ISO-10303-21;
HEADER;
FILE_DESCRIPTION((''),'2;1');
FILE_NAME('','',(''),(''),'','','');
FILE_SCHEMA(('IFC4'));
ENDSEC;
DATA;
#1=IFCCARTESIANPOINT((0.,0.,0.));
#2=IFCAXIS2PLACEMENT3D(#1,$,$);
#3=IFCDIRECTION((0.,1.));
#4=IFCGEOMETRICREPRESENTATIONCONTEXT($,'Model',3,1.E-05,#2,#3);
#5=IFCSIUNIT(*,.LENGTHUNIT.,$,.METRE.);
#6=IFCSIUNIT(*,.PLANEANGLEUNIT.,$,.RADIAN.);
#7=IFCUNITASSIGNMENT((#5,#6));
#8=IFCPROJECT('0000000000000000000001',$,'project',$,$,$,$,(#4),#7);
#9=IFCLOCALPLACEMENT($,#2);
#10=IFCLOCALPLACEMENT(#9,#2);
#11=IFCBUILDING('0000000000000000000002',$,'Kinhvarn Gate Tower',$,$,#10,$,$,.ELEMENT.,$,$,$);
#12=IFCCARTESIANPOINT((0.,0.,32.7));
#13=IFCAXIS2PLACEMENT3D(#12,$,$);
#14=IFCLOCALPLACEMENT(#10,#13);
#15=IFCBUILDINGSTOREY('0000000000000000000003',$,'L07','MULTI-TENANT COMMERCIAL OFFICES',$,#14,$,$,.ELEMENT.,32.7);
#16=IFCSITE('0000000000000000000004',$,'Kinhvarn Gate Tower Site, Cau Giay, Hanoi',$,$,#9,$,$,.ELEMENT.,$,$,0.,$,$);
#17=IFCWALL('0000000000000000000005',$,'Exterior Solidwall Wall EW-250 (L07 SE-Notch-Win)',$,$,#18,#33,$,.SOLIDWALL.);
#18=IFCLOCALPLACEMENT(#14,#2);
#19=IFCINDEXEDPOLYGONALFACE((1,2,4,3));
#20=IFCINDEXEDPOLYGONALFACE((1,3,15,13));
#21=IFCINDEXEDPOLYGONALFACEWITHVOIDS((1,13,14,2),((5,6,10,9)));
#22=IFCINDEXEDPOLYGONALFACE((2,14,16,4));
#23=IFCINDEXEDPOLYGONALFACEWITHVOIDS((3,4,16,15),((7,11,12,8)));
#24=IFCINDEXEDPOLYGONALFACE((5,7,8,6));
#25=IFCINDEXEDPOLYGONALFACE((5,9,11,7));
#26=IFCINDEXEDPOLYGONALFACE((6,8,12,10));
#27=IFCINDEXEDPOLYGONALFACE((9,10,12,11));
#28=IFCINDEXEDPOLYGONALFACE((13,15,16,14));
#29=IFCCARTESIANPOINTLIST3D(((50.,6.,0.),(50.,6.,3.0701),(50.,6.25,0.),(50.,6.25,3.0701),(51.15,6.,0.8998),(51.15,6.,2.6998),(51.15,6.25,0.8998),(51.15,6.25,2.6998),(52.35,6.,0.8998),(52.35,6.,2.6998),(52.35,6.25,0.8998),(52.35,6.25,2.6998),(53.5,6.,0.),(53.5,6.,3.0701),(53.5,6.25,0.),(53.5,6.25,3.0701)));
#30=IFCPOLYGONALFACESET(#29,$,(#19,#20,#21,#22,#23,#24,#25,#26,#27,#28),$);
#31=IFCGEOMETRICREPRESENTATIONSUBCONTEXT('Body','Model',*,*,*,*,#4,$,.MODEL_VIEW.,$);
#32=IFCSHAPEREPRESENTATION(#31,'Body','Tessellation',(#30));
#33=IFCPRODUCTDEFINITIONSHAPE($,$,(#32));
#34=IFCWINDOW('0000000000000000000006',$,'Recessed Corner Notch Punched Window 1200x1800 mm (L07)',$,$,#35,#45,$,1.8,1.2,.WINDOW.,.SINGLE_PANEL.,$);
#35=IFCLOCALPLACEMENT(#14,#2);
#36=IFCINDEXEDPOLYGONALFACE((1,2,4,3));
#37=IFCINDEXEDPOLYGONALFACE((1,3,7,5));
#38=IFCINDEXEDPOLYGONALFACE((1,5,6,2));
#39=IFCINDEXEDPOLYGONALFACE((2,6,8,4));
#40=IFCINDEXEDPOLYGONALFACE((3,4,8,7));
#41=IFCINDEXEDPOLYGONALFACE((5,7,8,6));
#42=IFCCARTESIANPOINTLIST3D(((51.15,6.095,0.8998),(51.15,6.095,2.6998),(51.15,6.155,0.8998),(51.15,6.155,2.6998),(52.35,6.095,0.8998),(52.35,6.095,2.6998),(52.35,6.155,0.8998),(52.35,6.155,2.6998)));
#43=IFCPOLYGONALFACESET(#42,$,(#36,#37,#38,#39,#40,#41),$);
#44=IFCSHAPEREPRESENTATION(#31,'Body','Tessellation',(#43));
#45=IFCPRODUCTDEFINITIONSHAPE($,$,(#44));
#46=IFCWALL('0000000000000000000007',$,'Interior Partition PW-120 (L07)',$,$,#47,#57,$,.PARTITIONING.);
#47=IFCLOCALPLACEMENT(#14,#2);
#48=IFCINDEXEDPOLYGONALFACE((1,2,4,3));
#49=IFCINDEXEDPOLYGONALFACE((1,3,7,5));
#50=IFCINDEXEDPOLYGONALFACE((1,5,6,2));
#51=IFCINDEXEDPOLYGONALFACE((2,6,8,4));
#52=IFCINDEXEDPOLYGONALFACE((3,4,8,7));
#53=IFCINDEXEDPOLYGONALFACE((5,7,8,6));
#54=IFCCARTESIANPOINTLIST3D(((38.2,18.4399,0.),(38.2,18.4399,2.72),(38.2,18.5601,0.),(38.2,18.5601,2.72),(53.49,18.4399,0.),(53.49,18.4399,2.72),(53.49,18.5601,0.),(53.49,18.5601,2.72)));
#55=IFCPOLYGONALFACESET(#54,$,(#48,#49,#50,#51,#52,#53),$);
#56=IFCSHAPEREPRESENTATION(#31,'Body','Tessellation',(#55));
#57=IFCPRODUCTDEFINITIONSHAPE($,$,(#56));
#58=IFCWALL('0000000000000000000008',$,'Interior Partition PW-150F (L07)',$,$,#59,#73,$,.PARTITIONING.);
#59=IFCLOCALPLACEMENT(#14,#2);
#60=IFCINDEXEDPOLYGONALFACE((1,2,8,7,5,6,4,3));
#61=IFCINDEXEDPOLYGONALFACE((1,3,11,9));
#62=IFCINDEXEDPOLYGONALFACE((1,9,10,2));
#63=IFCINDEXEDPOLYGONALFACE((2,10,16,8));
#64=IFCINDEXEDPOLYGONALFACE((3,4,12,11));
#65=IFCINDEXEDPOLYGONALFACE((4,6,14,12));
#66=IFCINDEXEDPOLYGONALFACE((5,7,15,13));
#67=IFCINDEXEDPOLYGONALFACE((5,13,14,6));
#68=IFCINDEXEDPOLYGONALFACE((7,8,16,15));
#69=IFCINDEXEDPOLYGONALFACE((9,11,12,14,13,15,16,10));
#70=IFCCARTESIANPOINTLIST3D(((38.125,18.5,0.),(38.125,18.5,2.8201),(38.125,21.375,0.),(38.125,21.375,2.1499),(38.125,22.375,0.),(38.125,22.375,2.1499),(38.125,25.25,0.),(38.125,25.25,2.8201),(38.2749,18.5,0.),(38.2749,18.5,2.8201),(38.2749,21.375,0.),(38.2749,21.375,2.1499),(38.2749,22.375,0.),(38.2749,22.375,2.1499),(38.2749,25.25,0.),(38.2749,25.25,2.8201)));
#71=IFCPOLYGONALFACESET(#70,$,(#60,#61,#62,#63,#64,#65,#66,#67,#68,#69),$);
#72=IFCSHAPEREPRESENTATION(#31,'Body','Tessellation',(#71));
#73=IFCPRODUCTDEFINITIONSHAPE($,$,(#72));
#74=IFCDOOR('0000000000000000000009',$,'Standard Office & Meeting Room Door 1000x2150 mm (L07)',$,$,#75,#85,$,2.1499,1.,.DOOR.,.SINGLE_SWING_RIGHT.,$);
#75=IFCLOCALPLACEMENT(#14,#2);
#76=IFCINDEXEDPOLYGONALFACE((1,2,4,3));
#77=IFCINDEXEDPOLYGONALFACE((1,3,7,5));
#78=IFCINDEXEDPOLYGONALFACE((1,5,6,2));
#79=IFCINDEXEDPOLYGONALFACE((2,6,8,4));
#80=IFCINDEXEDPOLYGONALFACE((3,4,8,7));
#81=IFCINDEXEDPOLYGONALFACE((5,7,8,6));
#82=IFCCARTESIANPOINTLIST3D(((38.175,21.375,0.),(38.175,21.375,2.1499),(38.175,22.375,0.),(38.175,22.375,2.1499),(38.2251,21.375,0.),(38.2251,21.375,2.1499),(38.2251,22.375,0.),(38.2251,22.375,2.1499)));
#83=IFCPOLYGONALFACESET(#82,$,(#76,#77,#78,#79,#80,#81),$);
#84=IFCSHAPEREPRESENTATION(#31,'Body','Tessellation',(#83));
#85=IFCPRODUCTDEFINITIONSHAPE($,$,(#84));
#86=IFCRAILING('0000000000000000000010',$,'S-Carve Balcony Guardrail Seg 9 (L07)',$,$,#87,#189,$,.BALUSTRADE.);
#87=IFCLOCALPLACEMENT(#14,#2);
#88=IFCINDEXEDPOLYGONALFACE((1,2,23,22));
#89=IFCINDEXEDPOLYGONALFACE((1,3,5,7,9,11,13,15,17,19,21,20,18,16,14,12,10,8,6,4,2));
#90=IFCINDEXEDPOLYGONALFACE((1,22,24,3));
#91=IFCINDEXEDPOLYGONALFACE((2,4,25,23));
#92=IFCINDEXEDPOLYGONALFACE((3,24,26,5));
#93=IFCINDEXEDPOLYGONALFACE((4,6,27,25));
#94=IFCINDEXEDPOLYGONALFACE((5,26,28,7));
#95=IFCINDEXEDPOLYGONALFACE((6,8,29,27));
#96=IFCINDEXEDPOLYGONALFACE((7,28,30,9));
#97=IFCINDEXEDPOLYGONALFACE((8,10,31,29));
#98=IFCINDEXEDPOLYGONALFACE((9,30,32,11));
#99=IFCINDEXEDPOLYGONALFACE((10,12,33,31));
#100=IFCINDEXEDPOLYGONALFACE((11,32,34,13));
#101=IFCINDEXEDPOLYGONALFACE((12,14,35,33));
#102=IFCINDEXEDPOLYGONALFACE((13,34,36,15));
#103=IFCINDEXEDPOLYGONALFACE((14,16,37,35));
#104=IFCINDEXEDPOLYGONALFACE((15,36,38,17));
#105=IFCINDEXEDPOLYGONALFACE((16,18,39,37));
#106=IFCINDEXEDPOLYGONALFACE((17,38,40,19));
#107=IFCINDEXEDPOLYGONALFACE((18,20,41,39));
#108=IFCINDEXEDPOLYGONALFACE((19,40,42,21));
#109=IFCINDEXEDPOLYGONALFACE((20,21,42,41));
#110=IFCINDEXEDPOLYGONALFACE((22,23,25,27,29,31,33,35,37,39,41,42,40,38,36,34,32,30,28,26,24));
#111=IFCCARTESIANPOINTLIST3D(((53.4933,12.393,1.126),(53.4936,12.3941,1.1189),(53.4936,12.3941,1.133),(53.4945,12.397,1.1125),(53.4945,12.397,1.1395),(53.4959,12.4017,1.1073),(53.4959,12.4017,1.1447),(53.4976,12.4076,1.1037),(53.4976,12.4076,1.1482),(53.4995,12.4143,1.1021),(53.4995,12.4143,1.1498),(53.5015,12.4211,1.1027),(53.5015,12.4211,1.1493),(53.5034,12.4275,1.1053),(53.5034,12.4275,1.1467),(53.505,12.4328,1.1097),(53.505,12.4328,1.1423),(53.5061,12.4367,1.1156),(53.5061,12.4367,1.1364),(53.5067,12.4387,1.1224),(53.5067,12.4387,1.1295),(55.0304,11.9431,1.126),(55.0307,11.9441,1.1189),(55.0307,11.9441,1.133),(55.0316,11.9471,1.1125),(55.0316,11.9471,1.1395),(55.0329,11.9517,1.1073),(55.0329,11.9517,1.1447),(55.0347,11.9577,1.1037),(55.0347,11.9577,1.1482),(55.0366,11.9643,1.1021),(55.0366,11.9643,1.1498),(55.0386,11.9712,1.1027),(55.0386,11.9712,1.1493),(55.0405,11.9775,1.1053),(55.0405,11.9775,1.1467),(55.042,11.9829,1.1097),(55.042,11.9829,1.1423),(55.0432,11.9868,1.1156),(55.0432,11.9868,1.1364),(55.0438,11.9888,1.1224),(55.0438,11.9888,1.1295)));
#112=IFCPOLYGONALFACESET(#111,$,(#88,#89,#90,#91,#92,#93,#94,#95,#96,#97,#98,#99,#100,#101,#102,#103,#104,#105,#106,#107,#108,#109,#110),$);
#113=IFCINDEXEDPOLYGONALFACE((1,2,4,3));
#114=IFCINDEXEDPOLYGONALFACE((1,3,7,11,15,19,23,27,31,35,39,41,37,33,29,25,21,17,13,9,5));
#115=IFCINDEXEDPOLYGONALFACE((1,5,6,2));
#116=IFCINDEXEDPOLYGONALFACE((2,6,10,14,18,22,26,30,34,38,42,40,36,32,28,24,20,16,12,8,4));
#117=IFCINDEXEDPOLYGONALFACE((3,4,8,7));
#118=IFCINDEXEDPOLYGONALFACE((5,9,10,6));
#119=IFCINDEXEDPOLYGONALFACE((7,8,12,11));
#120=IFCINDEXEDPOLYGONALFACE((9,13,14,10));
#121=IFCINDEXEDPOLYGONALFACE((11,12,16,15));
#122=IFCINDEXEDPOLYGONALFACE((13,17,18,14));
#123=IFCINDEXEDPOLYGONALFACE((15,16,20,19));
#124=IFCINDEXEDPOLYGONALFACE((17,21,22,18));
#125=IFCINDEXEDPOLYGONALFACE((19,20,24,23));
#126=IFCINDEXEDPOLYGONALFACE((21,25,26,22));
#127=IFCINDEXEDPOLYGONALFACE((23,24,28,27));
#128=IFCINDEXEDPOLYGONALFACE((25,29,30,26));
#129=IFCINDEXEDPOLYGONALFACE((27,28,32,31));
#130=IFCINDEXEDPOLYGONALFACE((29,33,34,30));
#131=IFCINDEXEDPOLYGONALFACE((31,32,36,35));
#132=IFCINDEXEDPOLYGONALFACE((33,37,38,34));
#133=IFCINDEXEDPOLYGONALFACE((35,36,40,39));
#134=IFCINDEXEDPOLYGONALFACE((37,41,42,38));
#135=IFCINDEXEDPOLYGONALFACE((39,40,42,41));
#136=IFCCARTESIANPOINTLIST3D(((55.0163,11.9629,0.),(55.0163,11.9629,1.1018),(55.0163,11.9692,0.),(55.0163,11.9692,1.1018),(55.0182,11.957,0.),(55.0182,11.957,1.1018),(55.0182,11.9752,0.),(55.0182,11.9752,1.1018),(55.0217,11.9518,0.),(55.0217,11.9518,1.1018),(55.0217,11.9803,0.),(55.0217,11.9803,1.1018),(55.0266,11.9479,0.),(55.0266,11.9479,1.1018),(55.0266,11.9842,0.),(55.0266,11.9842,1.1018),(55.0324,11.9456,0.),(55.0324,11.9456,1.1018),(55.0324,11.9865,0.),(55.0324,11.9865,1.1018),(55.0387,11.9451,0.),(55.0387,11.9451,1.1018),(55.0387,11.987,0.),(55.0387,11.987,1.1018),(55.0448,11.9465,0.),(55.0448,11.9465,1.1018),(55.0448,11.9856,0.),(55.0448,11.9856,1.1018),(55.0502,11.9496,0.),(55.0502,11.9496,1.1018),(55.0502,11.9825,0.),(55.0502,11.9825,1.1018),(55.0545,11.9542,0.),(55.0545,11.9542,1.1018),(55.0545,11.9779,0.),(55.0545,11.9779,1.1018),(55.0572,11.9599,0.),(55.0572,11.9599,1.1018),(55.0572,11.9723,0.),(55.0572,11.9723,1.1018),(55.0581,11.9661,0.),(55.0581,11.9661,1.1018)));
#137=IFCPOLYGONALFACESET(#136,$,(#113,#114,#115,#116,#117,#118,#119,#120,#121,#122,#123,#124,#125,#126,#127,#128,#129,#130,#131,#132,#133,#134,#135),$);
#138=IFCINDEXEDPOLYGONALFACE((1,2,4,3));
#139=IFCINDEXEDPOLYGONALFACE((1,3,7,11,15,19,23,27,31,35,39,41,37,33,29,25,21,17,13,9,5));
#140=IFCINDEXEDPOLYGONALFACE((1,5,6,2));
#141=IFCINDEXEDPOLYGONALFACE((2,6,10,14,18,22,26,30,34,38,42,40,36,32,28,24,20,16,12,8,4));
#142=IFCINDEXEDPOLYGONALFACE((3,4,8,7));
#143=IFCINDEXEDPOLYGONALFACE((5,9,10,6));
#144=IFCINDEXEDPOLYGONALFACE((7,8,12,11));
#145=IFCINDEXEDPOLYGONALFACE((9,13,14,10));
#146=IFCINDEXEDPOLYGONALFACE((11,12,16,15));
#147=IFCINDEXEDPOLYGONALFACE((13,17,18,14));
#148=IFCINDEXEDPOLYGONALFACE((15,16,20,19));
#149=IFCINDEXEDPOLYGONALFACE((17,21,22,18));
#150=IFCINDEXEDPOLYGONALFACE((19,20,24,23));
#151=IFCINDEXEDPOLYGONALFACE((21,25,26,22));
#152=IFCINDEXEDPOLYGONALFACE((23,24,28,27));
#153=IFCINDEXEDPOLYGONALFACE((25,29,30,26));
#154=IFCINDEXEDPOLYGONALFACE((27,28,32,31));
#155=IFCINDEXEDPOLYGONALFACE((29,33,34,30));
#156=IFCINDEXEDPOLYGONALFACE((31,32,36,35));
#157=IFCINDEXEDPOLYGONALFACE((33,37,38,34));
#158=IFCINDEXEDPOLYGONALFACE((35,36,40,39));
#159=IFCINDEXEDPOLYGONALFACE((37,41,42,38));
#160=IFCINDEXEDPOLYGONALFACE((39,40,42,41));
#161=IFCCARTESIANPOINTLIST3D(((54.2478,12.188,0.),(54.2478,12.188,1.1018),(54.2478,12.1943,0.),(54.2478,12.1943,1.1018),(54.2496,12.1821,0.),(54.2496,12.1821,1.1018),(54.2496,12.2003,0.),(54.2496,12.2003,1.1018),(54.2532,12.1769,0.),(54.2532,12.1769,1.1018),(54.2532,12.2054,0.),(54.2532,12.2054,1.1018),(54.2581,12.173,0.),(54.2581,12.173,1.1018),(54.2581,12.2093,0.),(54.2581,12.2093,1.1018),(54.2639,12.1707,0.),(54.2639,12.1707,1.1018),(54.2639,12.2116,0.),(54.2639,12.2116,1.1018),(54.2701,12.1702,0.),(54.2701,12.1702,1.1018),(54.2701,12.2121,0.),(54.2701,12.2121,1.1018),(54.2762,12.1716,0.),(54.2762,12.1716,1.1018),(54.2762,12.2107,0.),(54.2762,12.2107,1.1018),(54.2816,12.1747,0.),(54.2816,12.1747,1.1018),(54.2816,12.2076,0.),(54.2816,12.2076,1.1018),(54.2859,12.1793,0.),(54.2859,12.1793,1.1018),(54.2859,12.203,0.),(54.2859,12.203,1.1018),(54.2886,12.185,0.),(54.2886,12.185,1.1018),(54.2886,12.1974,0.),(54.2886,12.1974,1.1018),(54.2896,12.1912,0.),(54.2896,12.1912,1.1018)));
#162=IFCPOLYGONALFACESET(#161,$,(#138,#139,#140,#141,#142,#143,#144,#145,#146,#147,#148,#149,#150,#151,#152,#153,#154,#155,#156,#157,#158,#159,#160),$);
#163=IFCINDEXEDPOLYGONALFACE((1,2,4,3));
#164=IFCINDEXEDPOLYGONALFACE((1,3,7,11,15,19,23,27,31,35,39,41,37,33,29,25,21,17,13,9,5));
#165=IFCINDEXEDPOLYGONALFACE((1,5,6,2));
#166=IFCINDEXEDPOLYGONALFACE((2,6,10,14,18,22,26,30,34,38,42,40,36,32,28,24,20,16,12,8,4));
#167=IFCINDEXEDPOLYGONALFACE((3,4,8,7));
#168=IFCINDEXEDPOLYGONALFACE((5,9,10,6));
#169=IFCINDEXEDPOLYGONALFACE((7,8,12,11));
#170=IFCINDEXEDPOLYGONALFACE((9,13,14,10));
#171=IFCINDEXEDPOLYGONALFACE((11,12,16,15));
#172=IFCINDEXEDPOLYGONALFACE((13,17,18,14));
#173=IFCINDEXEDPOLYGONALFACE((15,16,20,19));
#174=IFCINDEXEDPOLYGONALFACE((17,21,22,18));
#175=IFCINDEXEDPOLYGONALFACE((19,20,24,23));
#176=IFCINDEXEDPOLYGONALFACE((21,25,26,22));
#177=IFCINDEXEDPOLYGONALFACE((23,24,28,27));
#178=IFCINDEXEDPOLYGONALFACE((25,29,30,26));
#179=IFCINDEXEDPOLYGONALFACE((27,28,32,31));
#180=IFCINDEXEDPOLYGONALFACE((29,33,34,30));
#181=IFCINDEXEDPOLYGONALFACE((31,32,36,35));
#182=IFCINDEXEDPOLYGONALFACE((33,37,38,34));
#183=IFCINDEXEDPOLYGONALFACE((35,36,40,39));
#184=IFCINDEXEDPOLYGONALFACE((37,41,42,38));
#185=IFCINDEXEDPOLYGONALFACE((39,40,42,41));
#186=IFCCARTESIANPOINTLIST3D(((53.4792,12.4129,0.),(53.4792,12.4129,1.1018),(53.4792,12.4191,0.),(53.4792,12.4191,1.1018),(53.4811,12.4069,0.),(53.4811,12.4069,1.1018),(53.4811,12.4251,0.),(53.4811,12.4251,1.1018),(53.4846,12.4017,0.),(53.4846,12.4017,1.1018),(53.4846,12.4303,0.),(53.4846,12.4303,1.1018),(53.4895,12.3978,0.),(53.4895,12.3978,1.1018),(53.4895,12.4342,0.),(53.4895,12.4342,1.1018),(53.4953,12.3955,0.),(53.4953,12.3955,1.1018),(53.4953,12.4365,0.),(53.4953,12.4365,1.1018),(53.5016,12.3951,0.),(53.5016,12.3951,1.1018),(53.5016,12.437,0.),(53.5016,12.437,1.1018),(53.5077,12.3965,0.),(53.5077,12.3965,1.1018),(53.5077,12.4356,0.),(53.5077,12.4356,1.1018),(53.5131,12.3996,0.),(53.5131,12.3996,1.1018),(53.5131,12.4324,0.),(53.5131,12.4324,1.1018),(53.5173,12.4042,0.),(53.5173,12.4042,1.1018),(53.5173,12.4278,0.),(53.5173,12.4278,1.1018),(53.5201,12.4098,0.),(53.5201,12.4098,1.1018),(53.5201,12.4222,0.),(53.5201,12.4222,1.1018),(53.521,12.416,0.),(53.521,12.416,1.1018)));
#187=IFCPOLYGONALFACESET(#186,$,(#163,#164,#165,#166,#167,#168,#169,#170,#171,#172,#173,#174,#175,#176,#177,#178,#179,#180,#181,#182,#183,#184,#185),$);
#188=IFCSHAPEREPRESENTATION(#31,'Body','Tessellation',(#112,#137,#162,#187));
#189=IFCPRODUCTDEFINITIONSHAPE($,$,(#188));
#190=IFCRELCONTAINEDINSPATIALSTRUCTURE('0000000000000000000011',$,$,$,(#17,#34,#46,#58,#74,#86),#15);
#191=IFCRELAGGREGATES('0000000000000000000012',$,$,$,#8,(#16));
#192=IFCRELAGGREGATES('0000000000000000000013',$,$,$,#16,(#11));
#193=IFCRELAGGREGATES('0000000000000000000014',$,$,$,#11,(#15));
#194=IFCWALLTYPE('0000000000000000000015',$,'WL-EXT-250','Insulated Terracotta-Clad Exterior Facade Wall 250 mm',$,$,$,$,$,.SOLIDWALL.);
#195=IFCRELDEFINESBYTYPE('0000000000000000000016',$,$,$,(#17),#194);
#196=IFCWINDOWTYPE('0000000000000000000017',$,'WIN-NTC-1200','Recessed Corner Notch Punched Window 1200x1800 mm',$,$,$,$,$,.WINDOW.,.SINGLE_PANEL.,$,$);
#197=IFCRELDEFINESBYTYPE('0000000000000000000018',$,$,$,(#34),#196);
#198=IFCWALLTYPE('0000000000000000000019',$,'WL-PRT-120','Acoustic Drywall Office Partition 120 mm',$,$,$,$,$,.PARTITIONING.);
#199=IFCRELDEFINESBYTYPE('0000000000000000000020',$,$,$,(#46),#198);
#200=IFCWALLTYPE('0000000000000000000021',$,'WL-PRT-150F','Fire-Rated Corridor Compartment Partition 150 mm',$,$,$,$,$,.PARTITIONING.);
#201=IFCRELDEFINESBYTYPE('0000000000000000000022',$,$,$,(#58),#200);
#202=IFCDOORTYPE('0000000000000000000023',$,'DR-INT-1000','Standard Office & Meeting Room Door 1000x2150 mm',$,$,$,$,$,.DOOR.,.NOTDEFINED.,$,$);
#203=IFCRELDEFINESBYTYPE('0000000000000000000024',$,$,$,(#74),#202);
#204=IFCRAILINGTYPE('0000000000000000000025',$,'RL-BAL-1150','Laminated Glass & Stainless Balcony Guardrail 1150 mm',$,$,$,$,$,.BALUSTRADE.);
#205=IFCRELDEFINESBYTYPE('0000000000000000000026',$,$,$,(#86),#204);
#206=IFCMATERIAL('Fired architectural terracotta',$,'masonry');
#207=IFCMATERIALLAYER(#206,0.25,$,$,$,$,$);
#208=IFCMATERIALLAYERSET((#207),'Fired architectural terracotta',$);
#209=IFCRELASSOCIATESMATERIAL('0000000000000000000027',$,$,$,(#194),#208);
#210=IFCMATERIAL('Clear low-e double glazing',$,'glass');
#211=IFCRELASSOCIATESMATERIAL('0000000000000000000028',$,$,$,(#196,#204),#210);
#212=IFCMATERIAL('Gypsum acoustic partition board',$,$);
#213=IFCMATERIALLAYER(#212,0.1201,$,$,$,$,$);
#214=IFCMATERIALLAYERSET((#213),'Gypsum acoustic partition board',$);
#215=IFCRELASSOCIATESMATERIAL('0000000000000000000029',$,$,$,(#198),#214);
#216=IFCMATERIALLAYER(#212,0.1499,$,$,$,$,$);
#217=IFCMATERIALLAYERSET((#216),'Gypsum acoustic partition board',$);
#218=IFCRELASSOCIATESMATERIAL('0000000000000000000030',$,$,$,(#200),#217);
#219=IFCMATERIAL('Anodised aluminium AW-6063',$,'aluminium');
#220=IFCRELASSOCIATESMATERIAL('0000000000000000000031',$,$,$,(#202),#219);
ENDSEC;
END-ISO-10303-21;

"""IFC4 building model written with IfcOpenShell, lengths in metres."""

from ifc_helpers import new_model, si_unit, direction, frame, frame_2d, origin, origin_2d, place, context, subcontext, project, spatial, rectangle, circle, extrude, material, layer, layer_set, type_object, element, fill, save


model = new_model("IFC4")

# Units and contexts
model_context = context("Model", 3, precision=1e-05, world=origin(), true_north=direction((0.0, 1.0)))
body_context = subcontext(model_context, "Body", "Model", "MODEL_VIEW")
ifc_project = project(units=[si_unit("LENGTHUNIT", "METRE"), si_unit("PLANEANGLEUNIT", "RADIAN")], contexts=[model_context])

# Site, building, storey
site_placement = place(None, origin())
site = spatial("IfcSite", under=ifc_project, at=site_placement, Name="Kinhvarn Gate Tower Site, Cau Giay, Hanoi", CompositionType="ELEMENT", RefElevation=0.0)
building_placement = place(site_placement, origin())
building = spatial("IfcBuilding", under=site, at=building_placement, Name="Kinhvarn Gate Tower", CompositionType="ELEMENT")
storey_placement = place(building_placement, frame((0.0, 0.0, 32.7)))
storey = spatial("IfcBuildingStorey", under=building, at=storey_placement, Name="L07", Description="MULTI-TENANT COMMERCIAL OFFICES", CompositionType="ELEMENT", Elevation=32.7)

# Shared definitions
ifc_material_1 = material(Name="Anodised aluminium AW-6063", Category="aluminium")

# Shared definitions
ifc_material_2 = material(Name="Clear low-e double glazing", Category="glass")

# Wall, opening, window
ifc_material_3 = material(Name="Fired architectural terracotta", Category="masonry")
ifc_layer_1 = layer(ifc_material_3, 0.25)
ifc_layer_set_1 = layer_set([ifc_layer_1], Name="Fired architectural terracotta")
wall_type_1 = type_object("IfcWallType", Name="WL-EXT-250", Description="Insulated Terracotta-Clad Exterior Facade Wall 250 mm", PredefinedType="SOLIDWALL", material=ifc_layer_set_1)
wall_1_placement = place(storey_placement, frame((50.0, 6.125, 0.0), z_axis=(0.0, 0.0, 1.0), x_axis=(1.0, 0.0, 0.0)))
wall_1 = element("IfcWall", 1, at=wall_1_placement, inside=storey, type_object=wall_type_1, Name="Exterior Solidwall Wall EW-250 (L07 SE-Notch-Win)", PredefinedType="SOLIDWALL", context=body_context, shape_type="SweptSolid", body=[
    extrude(rectangle(XDim=3.5, YDim=0.25, at=frame_2d((1.75, 0.0))), origin(), (0.0, 0.0, 1.0), 3.0701),
])
opening_1_placement = place(wall_1_placement, frame((1.1499, 0.0, 0.8999)))
opening_1 = element("IfcOpeningElement", 2, at=opening_1_placement, cuts=wall_1, PredefinedType="OPENING", context=body_context, shape_type="SweptSolid", body=[
    extrude(rectangle(XDim=1.2, YDim=1.8, at=frame_2d((0.6001, 0.8999))), frame((0.0, 0.135, 0.0), z_axis=(0.0, -1.0, 0.0), x_axis=(1.0, 0.0, 0.0)), (0.0, 0.0, 1.0), 0.27),
])
window_type = type_object("IfcWindowType", Name="WIN-NTC-1200", Description="Recessed Corner Notch Punched Window 1200x1800 mm", PartitioningType="SINGLE_PANEL", PredefinedType="WINDOW", material=ifc_material_2)
window_placement = place(opening_1_placement, origin())
window = element("IfcWindow", 3, at=window_placement, inside=storey, type_object=window_type, Name="Recessed Corner Notch Punched Window 1200x1800 mm (L07)", OverallHeight=1.8, OverallWidth=1.2, PartitioningType="SINGLE_PANEL", PredefinedType="WINDOW", context=body_context, shape_type="SweptSolid", body=[
    extrude(rectangle(XDim=1.2, YDim=1.8, at=frame_2d((0.6001, 0.8999))), frame((0.0, 0.03, 0.0), z_axis=(0.0, -1.0, 0.0), x_axis=(1.0, 0.0, 0.0)), (0.0, 0.0, 1.0), 0.0601),
])
fill(opening_1, window)

# Wall
ifc_material_4 = material(Name="Gypsum acoustic partition board")
ifc_layer_2 = layer(ifc_material_4, 0.1201)
ifc_layer_set_2 = layer_set([ifc_layer_2], Name="Gypsum acoustic partition board")
wall_type_2 = type_object("IfcWallType", Name="WL-PRT-120", Description="Acoustic Drywall Office Partition 120 mm", PredefinedType="PARTITIONING", material=ifc_layer_set_2)
wall_2_placement = place(storey_placement, frame((38.2, 18.5, 0.0), z_axis=(0.0, 0.0, 1.0), x_axis=(1.0, 0.0, 0.0)))
element("IfcWall", 4, at=wall_2_placement, inside=storey, type_object=wall_type_2, Name="Interior Partition PW-120 (L07)", PredefinedType="PARTITIONING", context=body_context, shape_type="SweptSolid", body=[
    extrude(rectangle(XDim=15.29, YDim=0.1201, at=frame_2d((7.645, 0.0))), origin(), (0.0, 0.0, 1.0), 2.72),
])

# Wall, opening, door
ifc_layer_3 = layer(ifc_material_4, 0.1499)
ifc_layer_set_3 = layer_set([ifc_layer_3], Name="Gypsum acoustic partition board")
wall_type_3 = type_object("IfcWallType", Name="WL-PRT-150F", Description="Fire-Rated Corridor Compartment Partition 150 mm", PredefinedType="PARTITIONING", material=ifc_layer_set_3)
wall_3_placement = place(storey_placement, frame((38.2, 18.5, 0.0), z_axis=(0.0, 0.0, 1.0), x_axis=(0.0, 1.0, 0.0)))
wall_3 = element("IfcWall", 5, at=wall_3_placement, inside=storey, type_object=wall_type_3, Name="Interior Partition PW-150F (L07)", PredefinedType="PARTITIONING", context=body_context, shape_type="SweptSolid", body=[
    extrude(rectangle(XDim=6.75, YDim=0.1499, at=frame_2d((3.375, 0.0))), origin(), (0.0, 0.0, 1.0), 2.8201),
])
opening_2_placement = place(wall_3_placement, frame((2.875, 0.0, 0.0)))
opening_2 = element("IfcOpeningElement", 6, at=opening_2_placement, cuts=wall_3, PredefinedType="OPENING", context=body_context, shape_type="SweptSolid", body=[
    extrude(rectangle(XDim=1.0, YDim=2.1499, at=frame_2d((0.5, 1.075))), frame((0.0, 0.085, 0.0), z_axis=(0.0, -1.0, 0.0), x_axis=(1.0, 0.0, 0.0)), (0.0, 0.0, 1.0), 0.1699),
])
door_type = type_object("IfcDoorType", Name="DR-INT-1000", Description="Standard Office & Meeting Room Door 1000x2150 mm", OperationType="NOTDEFINED", PredefinedType="DOOR", material=ifc_material_1)
door_placement = place(opening_2_placement, origin())
door = element("IfcDoor", 7, at=door_placement, inside=storey, type_object=door_type, Name="Standard Office & Meeting Room Door 1000x2150 mm (L07)", OperationType="SINGLE_SWING_RIGHT", OverallHeight=2.1499, OverallWidth=1.0, PredefinedType="DOOR", context=body_context, shape_type="SweptSolid", body=[
    extrude(rectangle(XDim=1.0, YDim=2.1499, at=frame_2d((0.5, 1.075))), frame((0.0, 0.0249, 0.0), z_axis=(0.0, -1.0, 0.0), x_axis=(1.0, 0.0, 0.0)), (0.0, 0.0, 1.0), 0.05),
])
fill(opening_2, door)

# Railing
railing_type = type_object("IfcRailingType", Name="RL-BAL-1150", Description="Laminated Glass & Stainless Balcony Guardrail 1150 mm", PredefinedType="BALUSTRADE", material=ifc_material_2)
railing_placement = place(storey_placement, frame((55.0371, 11.9661, 0.0)))
element("IfcRailing", 8, at=railing_placement, inside=storey, type_object=railing_type, Name="S-Carve Balcony Guardrail Seg 9 (L07)", PredefinedType="BALUSTRADE", context=body_context, shape_type="SweptSolid", body=[
    extrude(circle(Radius=0.0239, at=origin_2d()), frame((0.0, 0.0, 1.126), z_axis=(-0.959726, 0.280936, 0.0), x_axis=(-0.280936, -0.959726, 0.0)), (0.0, 0.0, 1.0), 1.6016),
    extrude(circle(Radius=0.021, at=origin_2d()), origin(), (0.0, 0.0, 1.0), 1.1018),
    extrude(circle(Radius=0.021, at=origin_2d()), frame((-0.7686, 0.2251, 0.0)), (0.0, 0.0, 1.0), 1.1018),
    extrude(circle(Radius=0.021, at=origin_2d()), frame((-1.5371, 0.45, 0.0)), (0.0, 0.0, 1.0), 1.1018),
])

save(model, "model.ifc")
